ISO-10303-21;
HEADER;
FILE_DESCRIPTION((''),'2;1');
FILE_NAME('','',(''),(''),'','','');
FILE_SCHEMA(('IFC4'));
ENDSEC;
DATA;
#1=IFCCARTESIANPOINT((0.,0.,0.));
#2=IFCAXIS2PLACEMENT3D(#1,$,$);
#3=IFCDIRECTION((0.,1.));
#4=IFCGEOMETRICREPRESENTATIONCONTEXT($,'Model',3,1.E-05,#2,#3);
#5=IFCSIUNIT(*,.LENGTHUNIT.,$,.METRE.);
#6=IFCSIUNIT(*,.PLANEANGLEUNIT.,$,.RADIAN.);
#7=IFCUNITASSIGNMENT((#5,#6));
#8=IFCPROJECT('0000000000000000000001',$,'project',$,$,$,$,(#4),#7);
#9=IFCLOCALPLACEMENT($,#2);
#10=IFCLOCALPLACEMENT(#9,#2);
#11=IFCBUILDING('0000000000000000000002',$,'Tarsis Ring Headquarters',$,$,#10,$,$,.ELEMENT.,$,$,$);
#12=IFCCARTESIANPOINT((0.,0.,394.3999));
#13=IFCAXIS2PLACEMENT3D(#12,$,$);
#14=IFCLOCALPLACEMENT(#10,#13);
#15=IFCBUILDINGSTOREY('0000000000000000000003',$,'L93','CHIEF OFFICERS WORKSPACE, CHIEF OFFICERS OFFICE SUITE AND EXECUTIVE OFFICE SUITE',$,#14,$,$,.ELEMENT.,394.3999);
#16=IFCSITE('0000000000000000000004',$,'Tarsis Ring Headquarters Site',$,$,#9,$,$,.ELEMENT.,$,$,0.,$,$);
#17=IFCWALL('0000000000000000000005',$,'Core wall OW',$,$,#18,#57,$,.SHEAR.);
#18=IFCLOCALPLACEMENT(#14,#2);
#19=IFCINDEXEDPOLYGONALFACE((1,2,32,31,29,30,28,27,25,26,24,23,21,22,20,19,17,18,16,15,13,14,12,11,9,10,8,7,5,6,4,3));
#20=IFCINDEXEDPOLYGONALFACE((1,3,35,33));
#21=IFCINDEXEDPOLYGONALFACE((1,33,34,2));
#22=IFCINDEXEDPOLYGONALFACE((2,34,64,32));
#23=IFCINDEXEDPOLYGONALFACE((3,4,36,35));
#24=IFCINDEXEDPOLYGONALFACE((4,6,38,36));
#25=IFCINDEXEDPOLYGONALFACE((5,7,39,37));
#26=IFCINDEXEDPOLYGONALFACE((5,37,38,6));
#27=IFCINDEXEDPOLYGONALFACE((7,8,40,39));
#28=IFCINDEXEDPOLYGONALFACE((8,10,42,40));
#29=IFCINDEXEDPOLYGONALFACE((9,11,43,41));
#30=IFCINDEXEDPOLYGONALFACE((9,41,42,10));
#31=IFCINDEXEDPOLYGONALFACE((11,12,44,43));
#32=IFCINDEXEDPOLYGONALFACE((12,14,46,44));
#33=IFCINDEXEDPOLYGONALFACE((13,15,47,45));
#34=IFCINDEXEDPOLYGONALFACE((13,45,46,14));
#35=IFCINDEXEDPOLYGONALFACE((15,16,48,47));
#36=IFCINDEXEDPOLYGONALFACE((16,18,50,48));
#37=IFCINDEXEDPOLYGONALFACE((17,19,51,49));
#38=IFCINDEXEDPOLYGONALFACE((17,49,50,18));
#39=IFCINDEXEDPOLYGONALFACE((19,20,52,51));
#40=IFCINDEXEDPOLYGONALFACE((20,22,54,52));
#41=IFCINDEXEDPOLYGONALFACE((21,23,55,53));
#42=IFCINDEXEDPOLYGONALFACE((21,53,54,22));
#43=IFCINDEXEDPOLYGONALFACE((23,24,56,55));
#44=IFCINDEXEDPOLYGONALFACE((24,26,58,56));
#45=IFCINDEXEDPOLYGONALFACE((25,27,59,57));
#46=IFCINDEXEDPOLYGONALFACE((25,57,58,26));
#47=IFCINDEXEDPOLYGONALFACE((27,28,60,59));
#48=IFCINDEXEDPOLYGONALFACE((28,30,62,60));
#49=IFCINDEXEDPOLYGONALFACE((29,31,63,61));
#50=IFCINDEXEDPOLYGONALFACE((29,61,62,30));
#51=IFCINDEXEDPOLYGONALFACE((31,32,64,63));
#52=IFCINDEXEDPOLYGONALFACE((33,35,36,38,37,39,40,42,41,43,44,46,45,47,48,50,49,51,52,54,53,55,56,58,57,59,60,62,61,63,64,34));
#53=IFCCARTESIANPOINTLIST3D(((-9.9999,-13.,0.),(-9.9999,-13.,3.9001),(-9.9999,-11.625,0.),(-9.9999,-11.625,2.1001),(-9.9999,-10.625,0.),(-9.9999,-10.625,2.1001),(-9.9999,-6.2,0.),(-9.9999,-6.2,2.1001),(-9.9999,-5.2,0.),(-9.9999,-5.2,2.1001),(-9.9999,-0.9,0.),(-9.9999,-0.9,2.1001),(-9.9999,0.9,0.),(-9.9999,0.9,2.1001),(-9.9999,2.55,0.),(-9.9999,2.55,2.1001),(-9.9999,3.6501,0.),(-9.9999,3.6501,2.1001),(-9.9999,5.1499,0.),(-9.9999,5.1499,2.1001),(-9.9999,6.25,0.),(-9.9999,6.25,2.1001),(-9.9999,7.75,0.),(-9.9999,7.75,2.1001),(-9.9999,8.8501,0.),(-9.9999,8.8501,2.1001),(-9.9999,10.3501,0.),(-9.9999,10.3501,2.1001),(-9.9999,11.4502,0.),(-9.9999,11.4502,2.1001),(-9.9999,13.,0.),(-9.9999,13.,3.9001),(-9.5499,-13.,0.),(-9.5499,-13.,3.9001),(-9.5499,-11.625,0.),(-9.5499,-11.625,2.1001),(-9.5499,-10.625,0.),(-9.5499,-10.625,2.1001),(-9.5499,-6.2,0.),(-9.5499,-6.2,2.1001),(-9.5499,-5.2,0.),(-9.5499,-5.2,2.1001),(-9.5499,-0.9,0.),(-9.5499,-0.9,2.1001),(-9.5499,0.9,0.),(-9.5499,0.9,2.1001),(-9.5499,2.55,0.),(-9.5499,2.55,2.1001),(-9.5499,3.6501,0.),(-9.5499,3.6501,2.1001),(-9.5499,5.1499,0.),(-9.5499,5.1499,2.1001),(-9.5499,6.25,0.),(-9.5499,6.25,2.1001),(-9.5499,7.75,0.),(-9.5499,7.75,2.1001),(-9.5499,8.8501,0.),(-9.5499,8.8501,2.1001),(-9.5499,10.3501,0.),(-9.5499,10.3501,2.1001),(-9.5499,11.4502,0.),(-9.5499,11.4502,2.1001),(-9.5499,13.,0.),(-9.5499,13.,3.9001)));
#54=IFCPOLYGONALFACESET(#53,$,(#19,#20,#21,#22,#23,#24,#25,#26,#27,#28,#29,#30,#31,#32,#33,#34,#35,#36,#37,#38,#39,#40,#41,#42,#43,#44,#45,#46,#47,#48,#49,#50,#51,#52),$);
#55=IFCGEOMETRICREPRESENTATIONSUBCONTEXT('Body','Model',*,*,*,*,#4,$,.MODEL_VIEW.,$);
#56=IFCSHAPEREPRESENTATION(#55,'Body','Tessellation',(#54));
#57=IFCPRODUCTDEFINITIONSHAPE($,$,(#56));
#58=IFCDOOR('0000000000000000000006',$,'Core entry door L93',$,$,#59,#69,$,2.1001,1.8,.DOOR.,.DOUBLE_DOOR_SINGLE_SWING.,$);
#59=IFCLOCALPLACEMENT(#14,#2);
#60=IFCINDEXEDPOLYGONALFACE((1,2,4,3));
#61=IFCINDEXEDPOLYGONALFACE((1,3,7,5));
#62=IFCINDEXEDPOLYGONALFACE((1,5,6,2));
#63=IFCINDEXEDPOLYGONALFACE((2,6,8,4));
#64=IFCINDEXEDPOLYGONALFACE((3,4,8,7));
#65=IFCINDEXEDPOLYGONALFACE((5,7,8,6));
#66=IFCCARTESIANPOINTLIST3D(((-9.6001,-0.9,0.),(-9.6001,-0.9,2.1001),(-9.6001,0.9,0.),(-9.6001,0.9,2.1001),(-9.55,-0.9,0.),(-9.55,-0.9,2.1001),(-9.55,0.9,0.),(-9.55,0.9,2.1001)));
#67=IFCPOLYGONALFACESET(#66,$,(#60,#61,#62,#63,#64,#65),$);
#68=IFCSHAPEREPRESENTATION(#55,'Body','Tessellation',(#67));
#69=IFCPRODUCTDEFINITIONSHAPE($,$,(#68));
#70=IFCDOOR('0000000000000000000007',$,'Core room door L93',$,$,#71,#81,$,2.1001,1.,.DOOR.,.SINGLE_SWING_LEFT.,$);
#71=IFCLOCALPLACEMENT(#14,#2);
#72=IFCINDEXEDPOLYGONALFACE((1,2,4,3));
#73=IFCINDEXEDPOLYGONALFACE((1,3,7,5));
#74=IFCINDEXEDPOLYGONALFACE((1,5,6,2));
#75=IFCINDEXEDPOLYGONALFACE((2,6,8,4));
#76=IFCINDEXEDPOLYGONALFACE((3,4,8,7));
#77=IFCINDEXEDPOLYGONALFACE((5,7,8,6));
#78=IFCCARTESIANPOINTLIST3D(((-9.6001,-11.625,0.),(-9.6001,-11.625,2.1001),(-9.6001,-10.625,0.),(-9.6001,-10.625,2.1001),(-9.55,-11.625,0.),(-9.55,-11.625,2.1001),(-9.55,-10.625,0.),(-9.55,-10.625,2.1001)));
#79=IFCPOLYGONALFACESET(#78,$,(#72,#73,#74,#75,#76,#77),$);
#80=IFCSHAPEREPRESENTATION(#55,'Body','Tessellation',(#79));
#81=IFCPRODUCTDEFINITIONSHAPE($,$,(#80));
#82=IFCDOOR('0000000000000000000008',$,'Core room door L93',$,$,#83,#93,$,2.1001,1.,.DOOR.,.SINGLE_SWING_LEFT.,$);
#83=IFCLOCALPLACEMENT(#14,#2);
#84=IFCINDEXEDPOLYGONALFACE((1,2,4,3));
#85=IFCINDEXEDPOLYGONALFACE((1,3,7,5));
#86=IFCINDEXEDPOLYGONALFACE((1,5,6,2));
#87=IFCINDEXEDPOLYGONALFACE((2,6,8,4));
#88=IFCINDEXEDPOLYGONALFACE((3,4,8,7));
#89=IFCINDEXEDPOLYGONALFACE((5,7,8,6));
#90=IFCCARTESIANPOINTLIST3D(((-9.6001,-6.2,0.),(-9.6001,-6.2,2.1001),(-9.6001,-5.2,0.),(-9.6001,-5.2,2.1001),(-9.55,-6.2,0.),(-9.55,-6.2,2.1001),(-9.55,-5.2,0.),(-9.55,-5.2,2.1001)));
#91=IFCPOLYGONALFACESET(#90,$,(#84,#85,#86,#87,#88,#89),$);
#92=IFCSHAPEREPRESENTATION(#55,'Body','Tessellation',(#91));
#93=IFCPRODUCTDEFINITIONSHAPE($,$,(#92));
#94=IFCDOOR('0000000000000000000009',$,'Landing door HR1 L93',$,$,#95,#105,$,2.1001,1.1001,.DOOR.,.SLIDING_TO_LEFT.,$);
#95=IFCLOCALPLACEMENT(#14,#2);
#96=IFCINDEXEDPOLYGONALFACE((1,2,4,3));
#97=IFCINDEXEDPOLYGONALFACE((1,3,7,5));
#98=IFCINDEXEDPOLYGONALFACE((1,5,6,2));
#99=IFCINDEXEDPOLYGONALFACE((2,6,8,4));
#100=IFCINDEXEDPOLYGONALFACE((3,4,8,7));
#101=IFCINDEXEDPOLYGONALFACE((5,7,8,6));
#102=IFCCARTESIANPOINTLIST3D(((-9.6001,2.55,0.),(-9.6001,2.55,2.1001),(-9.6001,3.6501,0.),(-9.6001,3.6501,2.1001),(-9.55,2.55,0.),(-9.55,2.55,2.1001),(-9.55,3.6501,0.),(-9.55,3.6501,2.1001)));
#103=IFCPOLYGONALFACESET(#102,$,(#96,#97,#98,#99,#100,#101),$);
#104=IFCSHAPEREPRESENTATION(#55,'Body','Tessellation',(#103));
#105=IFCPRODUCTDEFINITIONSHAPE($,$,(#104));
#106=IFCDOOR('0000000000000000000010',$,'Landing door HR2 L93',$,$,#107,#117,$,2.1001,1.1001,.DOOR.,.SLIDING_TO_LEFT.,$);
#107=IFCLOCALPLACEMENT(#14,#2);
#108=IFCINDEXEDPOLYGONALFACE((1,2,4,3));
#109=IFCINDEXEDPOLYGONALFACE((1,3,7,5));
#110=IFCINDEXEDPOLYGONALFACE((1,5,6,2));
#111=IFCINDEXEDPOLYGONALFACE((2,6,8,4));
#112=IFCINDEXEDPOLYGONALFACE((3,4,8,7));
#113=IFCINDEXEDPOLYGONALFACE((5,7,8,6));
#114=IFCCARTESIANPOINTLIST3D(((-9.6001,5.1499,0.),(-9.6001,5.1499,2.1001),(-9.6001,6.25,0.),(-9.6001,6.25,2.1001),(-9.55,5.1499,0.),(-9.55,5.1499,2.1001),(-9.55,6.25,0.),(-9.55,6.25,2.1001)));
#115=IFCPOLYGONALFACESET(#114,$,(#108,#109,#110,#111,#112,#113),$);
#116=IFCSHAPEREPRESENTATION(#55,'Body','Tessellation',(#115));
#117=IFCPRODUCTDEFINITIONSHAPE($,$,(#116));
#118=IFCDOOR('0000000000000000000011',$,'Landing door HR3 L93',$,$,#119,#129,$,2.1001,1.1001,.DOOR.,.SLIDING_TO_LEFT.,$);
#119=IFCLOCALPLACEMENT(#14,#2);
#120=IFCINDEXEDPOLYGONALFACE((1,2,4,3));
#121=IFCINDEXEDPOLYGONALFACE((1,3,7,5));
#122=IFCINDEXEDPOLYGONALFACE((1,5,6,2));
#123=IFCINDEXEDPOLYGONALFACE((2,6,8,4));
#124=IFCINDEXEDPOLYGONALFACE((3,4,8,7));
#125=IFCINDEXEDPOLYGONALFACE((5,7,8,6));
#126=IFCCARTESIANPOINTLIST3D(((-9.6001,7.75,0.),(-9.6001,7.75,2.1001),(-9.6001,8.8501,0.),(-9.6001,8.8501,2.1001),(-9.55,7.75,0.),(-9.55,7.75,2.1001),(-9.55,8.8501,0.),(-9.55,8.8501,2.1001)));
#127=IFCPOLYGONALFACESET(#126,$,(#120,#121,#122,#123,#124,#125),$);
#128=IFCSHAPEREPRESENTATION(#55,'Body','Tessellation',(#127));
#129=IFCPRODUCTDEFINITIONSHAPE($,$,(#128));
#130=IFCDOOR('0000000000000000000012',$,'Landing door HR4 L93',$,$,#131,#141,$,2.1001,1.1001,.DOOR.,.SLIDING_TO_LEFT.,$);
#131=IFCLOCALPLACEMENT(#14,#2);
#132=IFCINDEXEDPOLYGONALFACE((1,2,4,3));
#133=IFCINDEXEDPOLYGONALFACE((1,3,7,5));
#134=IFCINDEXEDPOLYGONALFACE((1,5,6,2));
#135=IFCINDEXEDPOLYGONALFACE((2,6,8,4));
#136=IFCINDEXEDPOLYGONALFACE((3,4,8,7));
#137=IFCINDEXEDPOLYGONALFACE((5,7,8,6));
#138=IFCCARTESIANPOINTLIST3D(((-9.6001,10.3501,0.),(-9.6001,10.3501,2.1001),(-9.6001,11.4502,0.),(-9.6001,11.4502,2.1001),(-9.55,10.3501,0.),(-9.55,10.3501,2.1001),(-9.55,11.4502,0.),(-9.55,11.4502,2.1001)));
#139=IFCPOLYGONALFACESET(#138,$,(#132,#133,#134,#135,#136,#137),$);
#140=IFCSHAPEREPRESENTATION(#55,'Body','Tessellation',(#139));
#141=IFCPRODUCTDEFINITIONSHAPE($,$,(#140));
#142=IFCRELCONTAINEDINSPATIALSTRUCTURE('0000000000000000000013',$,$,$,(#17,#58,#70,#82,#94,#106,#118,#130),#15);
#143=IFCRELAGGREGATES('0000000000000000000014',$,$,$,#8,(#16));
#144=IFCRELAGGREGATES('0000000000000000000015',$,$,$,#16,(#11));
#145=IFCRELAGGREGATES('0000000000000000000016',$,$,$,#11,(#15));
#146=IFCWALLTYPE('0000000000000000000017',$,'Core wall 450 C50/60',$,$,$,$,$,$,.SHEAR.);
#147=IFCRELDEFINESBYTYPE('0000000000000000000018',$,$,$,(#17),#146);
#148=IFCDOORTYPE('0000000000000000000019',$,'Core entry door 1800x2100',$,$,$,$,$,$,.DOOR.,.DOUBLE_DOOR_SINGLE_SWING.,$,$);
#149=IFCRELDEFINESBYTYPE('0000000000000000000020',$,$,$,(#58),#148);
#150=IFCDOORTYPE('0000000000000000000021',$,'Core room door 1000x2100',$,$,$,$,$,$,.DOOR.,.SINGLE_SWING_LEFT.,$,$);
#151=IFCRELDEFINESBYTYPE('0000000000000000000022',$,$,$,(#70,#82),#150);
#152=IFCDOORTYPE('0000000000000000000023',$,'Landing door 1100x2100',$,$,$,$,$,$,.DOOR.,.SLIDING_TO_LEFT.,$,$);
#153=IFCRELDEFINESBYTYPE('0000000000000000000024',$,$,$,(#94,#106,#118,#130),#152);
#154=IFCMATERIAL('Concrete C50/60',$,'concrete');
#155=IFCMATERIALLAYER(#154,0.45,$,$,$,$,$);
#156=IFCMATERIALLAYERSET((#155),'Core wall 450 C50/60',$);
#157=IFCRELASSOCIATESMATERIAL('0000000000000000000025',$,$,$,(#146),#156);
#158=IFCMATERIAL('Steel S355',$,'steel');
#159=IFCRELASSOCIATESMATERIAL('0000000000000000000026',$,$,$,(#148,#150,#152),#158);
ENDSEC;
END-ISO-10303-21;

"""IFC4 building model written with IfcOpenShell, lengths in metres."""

from ifc_helpers import new_model, si_unit, direction, frame, frame_2d, origin, place, context, subcontext, project, spatial, rectangle, extrude, material, layer, layer_set, type_object, element, fill, save


model = new_model("IFC4")

# Units and contexts
model_context = context("Model", 3, precision=1e-05, world=origin(), true_north=direction((0.0, 1.0)))
body_context = subcontext(model_context, "Body", "Model", "MODEL_VIEW")
ifc_project = project(units=[si_unit("LENGTHUNIT", "METRE"), si_unit("PLANEANGLEUNIT", "RADIAN")], contexts=[model_context])

# Site, building, storey
site_placement = place(None, origin())
site = spatial("IfcSite", under=ifc_project, at=site_placement, Name="Tarsis Ring Headquarters Site", CompositionType="ELEMENT", RefElevation=0.0)
building_placement = place(site_placement, origin())
building = spatial("IfcBuilding", under=site, at=building_placement, Name="Tarsis Ring Headquarters", CompositionType="ELEMENT")
storey_placement = place(building_placement, frame((0.0, 0.0, 394.3999)))
storey = spatial("IfcBuildingStorey", under=building, at=storey_placement, Name="L93", Description="CHIEF OFFICERS WORKSPACE, CHIEF OFFICERS OFFICE SUITE AND EXECUTIVE OFFICE SUITE", CompositionType="ELEMENT", Elevation=394.3999)

# Wall, openings, doors
ifc_material_1 = material(Name="Concrete C50/60", Category="concrete")
ifc_layer_1 = layer(ifc_material_1, 0.45)
ifc_layer_set_1 = layer_set([ifc_layer_1], Name="Core wall 450 C50/60")
wall_type_1 = type_object("IfcWallType", Name="Core wall 450 C50/60", PredefinedType="SHEAR", material=ifc_layer_set_1)
wall_1_placement = place(storey_placement, frame((-9.7749, -13.0, 0.0), z_axis=(0.0, 0.0, 1.0), x_axis=(0.0, 1.0, 0.0)))
wall_1 = element("IfcWall", 1, at=wall_1_placement, inside=storey, type_object=wall_type_1, Name="Core wall OW", PredefinedType="SHEAR", context=body_context, shape_type="SweptSolid", body=[
    extrude(rectangle(XDim=26.0, YDim=0.45, at=frame_2d((13.0, 0.0))), origin(), (0.0, 0.0, 1.0), 3.9001),
])
opening_1_placement = place(wall_1_placement, frame((1.375, 0.0, 0.0)))
opening_1 = element("IfcOpeningElement", 2, at=opening_1_placement, cuts=wall_1, PredefinedType="OPENING", context=body_context, shape_type="SweptSolid", body=[
    extrude(rectangle(XDim=1.0, YDim=2.1001, at=frame_2d((0.5, 1.05))), frame((0.0, 0.2349, 0.0), z_axis=(0.0, -1.0, 0.0), x_axis=(1.0, 0.0, 0.0)), (0.0, 0.0, 1.0), 0.47),
])
opening_2_placement = place(wall_1_placement, frame((6.8, 0.0, 0.0)))
opening_2 = element("IfcOpeningElement", 3, at=opening_2_placement, cuts=wall_1, PredefinedType="OPENING", context=body_context, shape_type="SweptSolid", body=[
    extrude(rectangle(XDim=1.0, YDim=2.1001, at=frame_2d((0.5, 1.05))), frame((0.0, 0.2349, 0.0), z_axis=(0.0, -1.0, 0.0), x_axis=(1.0, 0.0, 0.0)), (0.0, 0.0, 1.0), 0.47),
])
opening_3_placement = place(wall_1_placement, frame((12.1001, 0.0, 0.0)))
opening_3 = element("IfcOpeningElement", 4, at=opening_3_placement, cuts=wall_1, PredefinedType="OPENING", context=body_context, shape_type="SweptSolid", body=[
    extrude(rectangle(XDim=1.8, YDim=2.1001, at=frame_2d((0.8999, 1.05))), frame((0.0, 0.2349, 0.0), z_axis=(0.0, -1.0, 0.0), x_axis=(1.0, 0.0, 0.0)), (0.0, 0.0, 1.0), 0.47),
])
opening_4_placement = place(wall_1_placement, frame((15.55, 0.0, 0.0)))
opening_4 = element("IfcOpeningElement", 5, at=opening_4_placement, cuts=wall_1, PredefinedType="OPENING", context=body_context, shape_type="SweptSolid", body=[
    extrude(rectangle(XDim=1.1001, YDim=2.1001, at=frame_2d((0.55, 1.05))), frame((0.0, 0.2349, 0.0), z_axis=(0.0, -1.0, 0.0), x_axis=(1.0, 0.0, 0.0)), (0.0, 0.0, 1.0), 0.47),
])
opening_5_placement = place(wall_1_placement, frame((18.1499, 0.0, 0.0)))
opening_5 = element("IfcOpeningElement", 6, at=opening_5_placement, cuts=wall_1, PredefinedType="OPENING", context=body_context, shape_type="SweptSolid", body=[
    extrude(rectangle(XDim=1.1001, YDim=2.1001, at=frame_2d((0.55, 1.05))), frame((0.0, 0.2349, 0.0), z_axis=(0.0, -1.0, 0.0), x_axis=(1.0, 0.0, 0.0)), (0.0, 0.0, 1.0), 0.47),
])
opening_6_placement = place(wall_1_placement, frame((20.75, 0.0, 0.0)))
opening_6 = element("IfcOpeningElement", 7, at=opening_6_placement, cuts=wall_1, PredefinedType="OPENING", context=body_context, shape_type="SweptSolid", body=[
    extrude(rectangle(XDim=1.1001, YDim=2.1001, at=frame_2d((0.55, 1.05))), frame((0.0, 0.2349, 0.0), z_axis=(0.0, -1.0, 0.0), x_axis=(1.0, 0.0, 0.0)), (0.0, 0.0, 1.0), 0.47),
])
opening_7_placement = place(wall_1_placement, frame((23.3501, 0.0, 0.0)))
opening_7 = element("IfcOpeningElement", 8, at=opening_7_placement, cuts=wall_1, PredefinedType="OPENING", context=body_context, shape_type="SweptSolid", body=[
    extrude(rectangle(XDim=1.1001, YDim=2.1001, at=frame_2d((0.55, 1.05))), frame((0.0, 0.2349, 0.0), z_axis=(0.0, -1.0, 0.0), x_axis=(1.0, 0.0, 0.0)), (0.0, 0.0, 1.0), 0.47),
])
ifc_material_2 = material(Name="Steel S355", Category="steel")
door_type_1 = type_object("IfcDoorType", Name="Core entry door 1800x2100", OperationType="DOUBLE_DOOR_SINGLE_SWING", PredefinedType="DOOR", material=ifc_material_2)
door_1_placement = place(opening_3_placement, origin())
door_1 = element("IfcDoor", 9, at=door_1_placement, inside=storey, type_object=door_type_1, Name="Core entry door L93", OperationType="DOUBLE_DOOR_SINGLE_SWING", OverallHeight=2.1001, OverallWidth=1.8, PredefinedType="DOOR", context=body_context, shape_type="SweptSolid", body=[
    extrude(rectangle(XDim=1.8, YDim=2.1001, at=frame_2d((0.8999, 1.05))), frame((0.0, -0.1748, 0.0), z_axis=(0.0, -1.0, 0.0), x_axis=(1.0, 0.0, 0.0)), (0.0, 0.0, 1.0), 0.05),
])
fill(opening_3, door_1)
door_type_2 = type_object("IfcDoorType", Name="Core room door 1000x2100", OperationType="SINGLE_SWING_LEFT", PredefinedType="DOOR", material=ifc_material_2)
door_2_placement = place(opening_1_placement, origin())
door_2 = element("IfcDoor", 10, at=door_2_placement, inside=storey, type_object=door_type_2, Name="Core room door L93", OperationType="SINGLE_SWING_LEFT", OverallHeight=2.1001, OverallWidth=1.0, PredefinedType="DOOR", context=body_context, shape_type="SweptSolid", body=[
    extrude(rectangle(XDim=1.0, YDim=2.1001, at=frame_2d((0.5, 1.05))), frame((0.0, -0.1748, 0.0), z_axis=(0.0, -1.0, 0.0), x_axis=(1.0, 0.0, 0.0)), (0.0, 0.0, 1.0), 0.05),
])
fill(opening_1, door_2)
door_3_placement = place(opening_2_placement, origin())
door_3 = element("IfcDoor", 11, at=door_3_placement, inside=storey, type_object=door_type_2, Name="Core room door L93", OperationType="SINGLE_SWING_LEFT", OverallHeight=2.1001, OverallWidth=1.0, PredefinedType="DOOR", context=body_context, shape_type="SweptSolid", body=[
    extrude(rectangle(XDim=1.0, YDim=2.1001, at=frame_2d((0.5, 1.05))), frame((0.0, -0.1748, 0.0), z_axis=(0.0, -1.0, 0.0), x_axis=(1.0, 0.0, 0.0)), (0.0, 0.0, 1.0), 0.05),
])
fill(opening_2, door_3)
door_type_3 = type_object("IfcDoorType", Name="Landing door 1100x2100", OperationType="SLIDING_TO_LEFT", PredefinedType="DOOR", material=ifc_material_2)
door_4_placement = place(opening_4_placement, origin())
door_4 = element("IfcDoor", 12, at=door_4_placement, inside=storey, type_object=door_type_3, Name="Landing door HR1 L93", OperationType="SLIDING_TO_LEFT", OverallHeight=2.1001, OverallWidth=1.1001, PredefinedType="DOOR", context=body_context, shape_type="SweptSolid", body=[
    extrude(rectangle(XDim=1.1001, YDim=2.1001, at=frame_2d((0.55, 1.05))), frame((0.0, -0.1748, 0.0), z_axis=(0.0, -1.0, 0.0), x_axis=(1.0, 0.0, 0.0)), (0.0, 0.0, 1.0), 0.05),
])
fill(opening_4, door_4)
door_5_placement = place(opening_5_placement, origin())
door_5 = element("IfcDoor", 13, at=door_5_placement, inside=storey, type_object=door_type_3, Name="Landing door HR2 L93", OperationType="SLIDING_TO_LEFT", OverallHeight=2.1001, OverallWidth=1.1001, PredefinedType="DOOR", context=body_context, shape_type="SweptSolid", body=[
    extrude(rectangle(XDim=1.1001, YDim=2.1001, at=frame_2d((0.55, 1.05))), frame((0.0, -0.1748, 0.0), z_axis=(0.0, -1.0, 0.0), x_axis=(1.0, 0.0, 0.0)), (0.0, 0.0, 1.0), 0.05),
])
fill(opening_5, door_5)
door_6_placement = place(opening_6_placement, origin())
door_6 = element("IfcDoor", 14, at=door_6_placement, inside=storey, type_object=door_type_3, Name="Landing door HR3 L93", OperationType="SLIDING_TO_LEFT", OverallHeight=2.1001, OverallWidth=1.1001, PredefinedType="DOOR", context=body_context, shape_type="SweptSolid", body=[
    extrude(rectangle(XDim=1.1001, YDim=2.1001, at=frame_2d((0.55, 1.05))), frame((0.0, -0.1748, 0.0), z_axis=(0.0, -1.0, 0.0), x_axis=(1.0, 0.0, 0.0)), (0.0, 0.0, 1.0), 0.05),
])
fill(opening_6, door_6)
door_7_placement = place(opening_7_placement, origin())
door_7 = element("IfcDoor", 15, at=door_7_placement, inside=storey, type_object=door_type_3, Name="Landing door HR4 L93", OperationType="SLIDING_TO_LEFT", OverallHeight=2.1001, OverallWidth=1.1001, PredefinedType="DOOR", context=body_context, shape_type="SweptSolid", body=[
    extrude(rectangle(XDim=1.1001, YDim=2.1001, at=frame_2d((0.55, 1.05))), frame((0.0, -0.1748, 0.0), z_axis=(0.0, -1.0, 0.0), x_axis=(1.0, 0.0, 0.0)), (0.0, 0.0, 1.0), 0.05),
])
fill(opening_7, door_7)

save(model, "model.ifc")
